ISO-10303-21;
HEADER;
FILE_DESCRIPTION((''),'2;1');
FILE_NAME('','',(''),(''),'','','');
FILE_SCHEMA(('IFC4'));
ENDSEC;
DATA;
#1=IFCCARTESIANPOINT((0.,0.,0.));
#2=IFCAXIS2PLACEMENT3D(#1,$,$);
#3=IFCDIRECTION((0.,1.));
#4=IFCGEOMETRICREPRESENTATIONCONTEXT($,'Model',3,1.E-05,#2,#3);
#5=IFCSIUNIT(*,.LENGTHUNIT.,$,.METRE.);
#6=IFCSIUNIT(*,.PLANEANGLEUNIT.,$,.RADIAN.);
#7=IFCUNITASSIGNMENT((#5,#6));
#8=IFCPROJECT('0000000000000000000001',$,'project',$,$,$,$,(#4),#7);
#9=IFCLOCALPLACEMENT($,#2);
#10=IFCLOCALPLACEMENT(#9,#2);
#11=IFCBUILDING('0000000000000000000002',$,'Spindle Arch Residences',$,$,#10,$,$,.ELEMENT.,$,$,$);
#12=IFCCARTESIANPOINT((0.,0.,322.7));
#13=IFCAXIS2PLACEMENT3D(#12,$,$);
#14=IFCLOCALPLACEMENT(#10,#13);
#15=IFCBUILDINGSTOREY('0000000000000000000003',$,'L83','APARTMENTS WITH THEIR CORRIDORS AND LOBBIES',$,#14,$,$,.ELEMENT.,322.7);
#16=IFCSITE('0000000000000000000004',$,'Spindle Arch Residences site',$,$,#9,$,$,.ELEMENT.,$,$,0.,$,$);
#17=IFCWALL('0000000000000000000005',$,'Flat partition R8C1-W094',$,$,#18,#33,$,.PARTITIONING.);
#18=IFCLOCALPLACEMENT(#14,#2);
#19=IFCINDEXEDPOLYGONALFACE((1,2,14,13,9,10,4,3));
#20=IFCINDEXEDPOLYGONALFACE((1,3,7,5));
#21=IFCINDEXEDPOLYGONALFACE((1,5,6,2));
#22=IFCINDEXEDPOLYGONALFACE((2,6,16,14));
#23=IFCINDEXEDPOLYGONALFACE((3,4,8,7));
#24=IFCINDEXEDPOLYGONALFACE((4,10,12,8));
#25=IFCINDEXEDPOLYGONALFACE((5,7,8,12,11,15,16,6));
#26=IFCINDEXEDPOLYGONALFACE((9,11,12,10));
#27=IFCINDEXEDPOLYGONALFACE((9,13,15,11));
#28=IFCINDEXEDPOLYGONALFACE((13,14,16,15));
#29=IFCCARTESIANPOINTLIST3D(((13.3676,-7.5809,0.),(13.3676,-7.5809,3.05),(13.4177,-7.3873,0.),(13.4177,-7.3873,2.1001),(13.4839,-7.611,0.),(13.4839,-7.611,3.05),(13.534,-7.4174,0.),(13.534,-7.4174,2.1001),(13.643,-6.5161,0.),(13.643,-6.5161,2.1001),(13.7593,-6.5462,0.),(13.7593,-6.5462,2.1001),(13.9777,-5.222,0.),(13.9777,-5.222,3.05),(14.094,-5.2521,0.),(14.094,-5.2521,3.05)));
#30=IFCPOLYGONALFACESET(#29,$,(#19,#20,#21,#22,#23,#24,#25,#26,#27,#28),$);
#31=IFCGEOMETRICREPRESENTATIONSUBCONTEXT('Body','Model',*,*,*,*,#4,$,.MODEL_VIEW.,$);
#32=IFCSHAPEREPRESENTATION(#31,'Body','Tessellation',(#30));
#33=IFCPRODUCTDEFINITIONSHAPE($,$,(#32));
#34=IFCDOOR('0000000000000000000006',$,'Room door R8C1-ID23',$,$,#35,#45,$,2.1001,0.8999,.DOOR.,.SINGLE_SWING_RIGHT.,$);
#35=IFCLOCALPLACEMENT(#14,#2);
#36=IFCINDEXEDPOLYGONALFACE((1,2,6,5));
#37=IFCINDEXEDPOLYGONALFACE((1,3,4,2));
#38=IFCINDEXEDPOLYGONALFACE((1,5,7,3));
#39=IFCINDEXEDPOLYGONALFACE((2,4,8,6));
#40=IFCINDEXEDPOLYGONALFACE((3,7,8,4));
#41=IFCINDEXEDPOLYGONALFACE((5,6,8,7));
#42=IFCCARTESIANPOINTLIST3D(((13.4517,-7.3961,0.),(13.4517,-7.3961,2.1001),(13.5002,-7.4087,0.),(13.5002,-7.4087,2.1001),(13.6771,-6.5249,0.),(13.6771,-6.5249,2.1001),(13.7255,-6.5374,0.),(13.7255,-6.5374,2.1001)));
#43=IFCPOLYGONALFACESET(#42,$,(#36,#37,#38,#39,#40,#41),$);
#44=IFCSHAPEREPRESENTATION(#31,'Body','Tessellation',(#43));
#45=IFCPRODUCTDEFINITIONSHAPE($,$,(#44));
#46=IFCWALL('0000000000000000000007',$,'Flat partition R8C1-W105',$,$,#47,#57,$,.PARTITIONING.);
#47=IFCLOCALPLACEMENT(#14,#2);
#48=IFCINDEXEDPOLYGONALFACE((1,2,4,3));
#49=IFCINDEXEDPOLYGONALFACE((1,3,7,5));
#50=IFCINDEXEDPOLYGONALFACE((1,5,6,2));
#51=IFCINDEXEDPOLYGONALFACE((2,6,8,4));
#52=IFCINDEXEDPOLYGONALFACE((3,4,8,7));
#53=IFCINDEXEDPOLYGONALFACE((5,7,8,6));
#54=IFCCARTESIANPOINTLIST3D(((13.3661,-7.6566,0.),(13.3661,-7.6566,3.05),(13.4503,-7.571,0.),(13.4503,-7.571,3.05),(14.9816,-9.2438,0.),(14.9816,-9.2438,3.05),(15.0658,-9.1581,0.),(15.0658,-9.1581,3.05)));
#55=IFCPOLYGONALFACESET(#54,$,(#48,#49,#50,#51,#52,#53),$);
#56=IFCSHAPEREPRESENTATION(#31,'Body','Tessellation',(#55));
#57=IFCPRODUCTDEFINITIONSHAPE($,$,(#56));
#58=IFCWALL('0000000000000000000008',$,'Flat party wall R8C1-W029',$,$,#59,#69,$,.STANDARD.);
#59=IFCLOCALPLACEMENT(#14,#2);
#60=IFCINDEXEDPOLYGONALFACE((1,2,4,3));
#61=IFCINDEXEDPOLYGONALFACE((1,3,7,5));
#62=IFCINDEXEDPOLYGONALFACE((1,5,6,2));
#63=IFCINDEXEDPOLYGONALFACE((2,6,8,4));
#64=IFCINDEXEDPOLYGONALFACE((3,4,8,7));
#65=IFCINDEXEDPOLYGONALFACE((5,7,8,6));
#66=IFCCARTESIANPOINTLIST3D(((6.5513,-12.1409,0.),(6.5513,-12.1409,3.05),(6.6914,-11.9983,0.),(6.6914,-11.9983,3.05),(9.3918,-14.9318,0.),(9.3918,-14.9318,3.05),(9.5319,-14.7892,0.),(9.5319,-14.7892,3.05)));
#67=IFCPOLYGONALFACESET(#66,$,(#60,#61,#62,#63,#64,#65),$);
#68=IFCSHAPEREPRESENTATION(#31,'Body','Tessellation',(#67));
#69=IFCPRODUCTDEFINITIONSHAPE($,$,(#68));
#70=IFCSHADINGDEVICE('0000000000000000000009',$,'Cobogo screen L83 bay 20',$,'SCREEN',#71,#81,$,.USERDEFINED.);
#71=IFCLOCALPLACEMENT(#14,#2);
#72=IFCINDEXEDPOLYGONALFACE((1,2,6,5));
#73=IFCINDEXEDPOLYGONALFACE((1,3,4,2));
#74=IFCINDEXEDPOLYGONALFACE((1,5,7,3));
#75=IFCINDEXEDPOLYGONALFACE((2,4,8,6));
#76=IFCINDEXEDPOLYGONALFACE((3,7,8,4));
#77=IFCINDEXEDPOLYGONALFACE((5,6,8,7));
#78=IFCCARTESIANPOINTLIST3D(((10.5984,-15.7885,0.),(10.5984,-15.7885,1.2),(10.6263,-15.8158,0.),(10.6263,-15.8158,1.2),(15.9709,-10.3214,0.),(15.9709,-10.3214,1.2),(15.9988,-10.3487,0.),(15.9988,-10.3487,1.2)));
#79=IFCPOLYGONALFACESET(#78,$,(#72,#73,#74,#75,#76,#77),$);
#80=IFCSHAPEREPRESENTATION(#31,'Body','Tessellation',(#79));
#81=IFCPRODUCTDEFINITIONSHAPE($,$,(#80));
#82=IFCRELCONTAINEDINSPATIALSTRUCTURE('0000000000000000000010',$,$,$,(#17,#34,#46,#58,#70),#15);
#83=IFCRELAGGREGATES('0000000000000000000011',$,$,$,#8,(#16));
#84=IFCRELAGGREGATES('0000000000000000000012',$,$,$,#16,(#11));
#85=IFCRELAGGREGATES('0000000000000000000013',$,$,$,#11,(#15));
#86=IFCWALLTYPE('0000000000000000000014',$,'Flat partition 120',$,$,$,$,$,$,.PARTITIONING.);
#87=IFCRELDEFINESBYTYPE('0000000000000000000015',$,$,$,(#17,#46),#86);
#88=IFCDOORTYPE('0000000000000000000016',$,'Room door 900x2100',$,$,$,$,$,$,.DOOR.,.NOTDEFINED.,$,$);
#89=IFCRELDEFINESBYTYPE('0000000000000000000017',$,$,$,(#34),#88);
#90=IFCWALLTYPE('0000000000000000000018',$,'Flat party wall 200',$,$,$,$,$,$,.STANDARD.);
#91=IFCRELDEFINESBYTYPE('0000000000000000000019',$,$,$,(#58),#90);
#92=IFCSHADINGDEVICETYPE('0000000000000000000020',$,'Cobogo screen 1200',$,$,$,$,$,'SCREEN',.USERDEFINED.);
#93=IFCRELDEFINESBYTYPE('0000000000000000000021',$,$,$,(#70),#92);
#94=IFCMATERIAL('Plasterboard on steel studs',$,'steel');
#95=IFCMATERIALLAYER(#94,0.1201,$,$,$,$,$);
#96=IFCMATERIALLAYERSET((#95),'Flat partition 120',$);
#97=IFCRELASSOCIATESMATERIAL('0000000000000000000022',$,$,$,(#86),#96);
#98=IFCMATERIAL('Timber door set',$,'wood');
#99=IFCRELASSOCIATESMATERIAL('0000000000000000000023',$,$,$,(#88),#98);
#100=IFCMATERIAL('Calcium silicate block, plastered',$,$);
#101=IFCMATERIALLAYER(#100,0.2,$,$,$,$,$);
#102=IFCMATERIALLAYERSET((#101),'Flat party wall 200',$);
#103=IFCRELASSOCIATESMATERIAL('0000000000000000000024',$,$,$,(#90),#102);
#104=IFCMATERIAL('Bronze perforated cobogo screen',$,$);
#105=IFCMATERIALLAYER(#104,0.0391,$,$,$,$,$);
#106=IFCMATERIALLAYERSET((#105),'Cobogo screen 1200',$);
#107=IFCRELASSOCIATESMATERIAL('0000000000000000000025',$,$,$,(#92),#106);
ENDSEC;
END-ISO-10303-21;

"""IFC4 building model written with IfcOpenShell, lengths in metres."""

from ifc_helpers import new_model, si_unit, direction, frame, frame_2d, origin, origin_2d, place, context, subcontext, project, spatial, rectangle, extrude, material, layer, layer_set, type_object, element, fill, save


model = new_model("IFC4")

# Units and contexts
model_context = context("Model", 3, precision=1e-05, world=origin(), true_north=direction((0.0, 1.0)))
body_context = subcontext(model_context, "Body", "Model", "MODEL_VIEW")
ifc_project = project(units=[si_unit("LENGTHUNIT", "METRE"), si_unit("PLANEANGLEUNIT", "RADIAN")], contexts=[model_context])

# Site, building, storey
site_placement = place(None, origin())
site = spatial("IfcSite", under=ifc_project, at=site_placement, Name="Spindle Arch Residences site", CompositionType="ELEMENT", RefElevation=0.0)
building_placement = place(site_placement, origin())
building = spatial("IfcBuilding", under=site, at=building_placement, Name="Spindle Arch Residences", CompositionType="ELEMENT")
storey_placement = place(building_placement, frame((0.0, 0.0, 322.7)))
storey = spatial("IfcBuildingStorey", under=building, at=storey_placement, Name="L83", Description="APARTMENTS WITH THEIR CORRIDORS AND LOBBIES", CompositionType="ELEMENT", Elevation=322.7)

# Wall, opening, door
ifc_material_1 = material(Name="Plasterboard on steel studs", Category="steel")
ifc_layer_1 = layer(ifc_material_1, 0.1201)
ifc_layer_set_1 = layer_set([ifc_layer_1], Name="Flat partition 120")
wall_type_1 = type_object("IfcWallType", Name="Flat partition 120", PredefinedType="PARTITIONING", material=ifc_layer_set_1)
ifc_material_2 = material(Name="Timber door set", Category="wood")
door_type_1 = type_object("IfcDoorType", Name="Room door 900x2100", OperationType="NOTDEFINED", PredefinedType="DOOR", material=ifc_material_2)
wall_1_placement = place(storey_placement, frame((13.4258, -7.5959, 0.0), z_axis=(0.0, 0.0, 1.0), x_axis=(0.250402, 0.968142, 0.0)))
wall_1 = element("IfcWall", 1, at=wall_1_placement, inside=storey, type_object=wall_type_1, Name="Flat partition R8C1-W094", PredefinedType="PARTITIONING", context=body_context, shape_type="SweptSolid", body=[
    extrude(rectangle(XDim=2.4365, YDim=0.1201, at=frame_2d((1.2183, 0.0))), origin(), (0.0, 0.0, 1.0), 3.05),
])
opening_1_placement = place(wall_1_placement, frame((0.2, 0.0, 0.0)))
opening_1 = element("IfcOpeningElement", 2, at=opening_1_placement, cuts=wall_1, PredefinedType="OPENING", context=body_context, shape_type="SweptSolid", body=[
    extrude(rectangle(XDim=0.8999, YDim=2.1001, at=frame_2d((0.45, 1.05))), frame((0.0, 0.0701, 0.0), z_axis=(0.0, -1.0, 0.0), x_axis=(1.0, 0.0, 0.0)), (0.0, 0.0, 1.0), 0.1401),
])
door_1_placement = place(opening_1_placement, origin())
door_1 = element("IfcDoor", 3, at=door_1_placement, inside=storey, type_object=door_type_1, Name="Room door R8C1-ID23", OperationType="SINGLE_SWING_RIGHT", OverallHeight=2.1001, OverallWidth=0.8999, PredefinedType="DOOR", context=body_context, shape_type="SweptSolid", body=[
    extrude(rectangle(XDim=0.8999, YDim=2.1001, at=frame_2d((0.45, 1.05))), frame((0.0, 0.0249, 0.0), z_axis=(0.0, -1.0, 0.0), x_axis=(1.0, 0.0, 0.0)), (0.0, 0.0, 1.0), 0.05),
])
fill(opening_1, door_1)

# Walls
wall_2_placement = place(storey_placement, frame((15.0237, -9.2009, 0.0), z_axis=(0.0, 0.0, 1.0), x_axis=(-0.713332, 0.700827, 0.0)))
element("IfcWall", 4, at=wall_2_placement, inside=storey, type_object=wall_type_1, Name="Flat partition R8C1-W105", PredefinedType="PARTITIONING", context=body_context, shape_type="SweptSolid", body=[
    extrude(rectangle(XDim=2.2646, YDim=0.1201, at=frame_2d((1.1323, 0.0))), origin(), (0.0, 0.0, 1.0), 3.05),
])
ifc_material_3 = material(Name="Calcium silicate block, plastered")
ifc_layer_2 = layer(ifc_material_3, 0.2)
ifc_layer_set_2 = layer_set([ifc_layer_2], Name="Flat party wall 200")
wall_type_2 = type_object("IfcWallType", Name="Flat party wall 200", PredefinedType="STANDARD", material=ifc_layer_set_2)
wall_3_placement = place(storey_placement, frame((9.4619, -14.8606, 0.0), z_axis=(0.0, 0.0, 1.0), x_axis=(-0.713302, 0.700857, 0.0)))
element("IfcWall", 5, at=wall_3_placement, inside=storey, type_object=wall_type_2, Name="Flat party wall R8C1-W029", PredefinedType="STANDARD", context=body_context, shape_type="SweptSolid", body=[
    extrude(rectangle(XDim=3.9822, YDim=0.2, at=frame_2d((1.9912, 0.0))), origin(), (0.0, 0.0, 1.0), 3.05),
])

# Shading device
ifc_material_4 = material(Name="Bronze perforated cobogo screen")
ifc_layer_3 = layer(ifc_material_4, 0.0391)
ifc_layer_set_3 = layer_set([ifc_layer_3], Name="Cobogo screen 1200")
shading_device_type = type_object("IfcShadingDeviceType", Name="Cobogo screen 1200", ElementType="SCREEN", PredefinedType="USERDEFINED", material=ifc_layer_set_3)
shading_device_placement = place(storey_placement, frame((13.2986, -13.0686, 0.0), z_axis=(0.0, 0.0, 1.0), x_axis=(0.700909, 0.71325, 0.0)))
element("IfcShadingDevice", 6, at=shading_device_placement, inside=storey, type_object=shading_device_type, Name="Cobogo screen L83 bay 20", ObjectType="SCREEN", PredefinedType="USERDEFINED", context=body_context, shape_type="SweptSolid", body=[
    extrude(rectangle(XDim=7.665, YDim=0.0391, at=origin_2d()), origin(), (0.0, 0.0, 1.0), 1.2),
])

save(model, "model.ifc")
